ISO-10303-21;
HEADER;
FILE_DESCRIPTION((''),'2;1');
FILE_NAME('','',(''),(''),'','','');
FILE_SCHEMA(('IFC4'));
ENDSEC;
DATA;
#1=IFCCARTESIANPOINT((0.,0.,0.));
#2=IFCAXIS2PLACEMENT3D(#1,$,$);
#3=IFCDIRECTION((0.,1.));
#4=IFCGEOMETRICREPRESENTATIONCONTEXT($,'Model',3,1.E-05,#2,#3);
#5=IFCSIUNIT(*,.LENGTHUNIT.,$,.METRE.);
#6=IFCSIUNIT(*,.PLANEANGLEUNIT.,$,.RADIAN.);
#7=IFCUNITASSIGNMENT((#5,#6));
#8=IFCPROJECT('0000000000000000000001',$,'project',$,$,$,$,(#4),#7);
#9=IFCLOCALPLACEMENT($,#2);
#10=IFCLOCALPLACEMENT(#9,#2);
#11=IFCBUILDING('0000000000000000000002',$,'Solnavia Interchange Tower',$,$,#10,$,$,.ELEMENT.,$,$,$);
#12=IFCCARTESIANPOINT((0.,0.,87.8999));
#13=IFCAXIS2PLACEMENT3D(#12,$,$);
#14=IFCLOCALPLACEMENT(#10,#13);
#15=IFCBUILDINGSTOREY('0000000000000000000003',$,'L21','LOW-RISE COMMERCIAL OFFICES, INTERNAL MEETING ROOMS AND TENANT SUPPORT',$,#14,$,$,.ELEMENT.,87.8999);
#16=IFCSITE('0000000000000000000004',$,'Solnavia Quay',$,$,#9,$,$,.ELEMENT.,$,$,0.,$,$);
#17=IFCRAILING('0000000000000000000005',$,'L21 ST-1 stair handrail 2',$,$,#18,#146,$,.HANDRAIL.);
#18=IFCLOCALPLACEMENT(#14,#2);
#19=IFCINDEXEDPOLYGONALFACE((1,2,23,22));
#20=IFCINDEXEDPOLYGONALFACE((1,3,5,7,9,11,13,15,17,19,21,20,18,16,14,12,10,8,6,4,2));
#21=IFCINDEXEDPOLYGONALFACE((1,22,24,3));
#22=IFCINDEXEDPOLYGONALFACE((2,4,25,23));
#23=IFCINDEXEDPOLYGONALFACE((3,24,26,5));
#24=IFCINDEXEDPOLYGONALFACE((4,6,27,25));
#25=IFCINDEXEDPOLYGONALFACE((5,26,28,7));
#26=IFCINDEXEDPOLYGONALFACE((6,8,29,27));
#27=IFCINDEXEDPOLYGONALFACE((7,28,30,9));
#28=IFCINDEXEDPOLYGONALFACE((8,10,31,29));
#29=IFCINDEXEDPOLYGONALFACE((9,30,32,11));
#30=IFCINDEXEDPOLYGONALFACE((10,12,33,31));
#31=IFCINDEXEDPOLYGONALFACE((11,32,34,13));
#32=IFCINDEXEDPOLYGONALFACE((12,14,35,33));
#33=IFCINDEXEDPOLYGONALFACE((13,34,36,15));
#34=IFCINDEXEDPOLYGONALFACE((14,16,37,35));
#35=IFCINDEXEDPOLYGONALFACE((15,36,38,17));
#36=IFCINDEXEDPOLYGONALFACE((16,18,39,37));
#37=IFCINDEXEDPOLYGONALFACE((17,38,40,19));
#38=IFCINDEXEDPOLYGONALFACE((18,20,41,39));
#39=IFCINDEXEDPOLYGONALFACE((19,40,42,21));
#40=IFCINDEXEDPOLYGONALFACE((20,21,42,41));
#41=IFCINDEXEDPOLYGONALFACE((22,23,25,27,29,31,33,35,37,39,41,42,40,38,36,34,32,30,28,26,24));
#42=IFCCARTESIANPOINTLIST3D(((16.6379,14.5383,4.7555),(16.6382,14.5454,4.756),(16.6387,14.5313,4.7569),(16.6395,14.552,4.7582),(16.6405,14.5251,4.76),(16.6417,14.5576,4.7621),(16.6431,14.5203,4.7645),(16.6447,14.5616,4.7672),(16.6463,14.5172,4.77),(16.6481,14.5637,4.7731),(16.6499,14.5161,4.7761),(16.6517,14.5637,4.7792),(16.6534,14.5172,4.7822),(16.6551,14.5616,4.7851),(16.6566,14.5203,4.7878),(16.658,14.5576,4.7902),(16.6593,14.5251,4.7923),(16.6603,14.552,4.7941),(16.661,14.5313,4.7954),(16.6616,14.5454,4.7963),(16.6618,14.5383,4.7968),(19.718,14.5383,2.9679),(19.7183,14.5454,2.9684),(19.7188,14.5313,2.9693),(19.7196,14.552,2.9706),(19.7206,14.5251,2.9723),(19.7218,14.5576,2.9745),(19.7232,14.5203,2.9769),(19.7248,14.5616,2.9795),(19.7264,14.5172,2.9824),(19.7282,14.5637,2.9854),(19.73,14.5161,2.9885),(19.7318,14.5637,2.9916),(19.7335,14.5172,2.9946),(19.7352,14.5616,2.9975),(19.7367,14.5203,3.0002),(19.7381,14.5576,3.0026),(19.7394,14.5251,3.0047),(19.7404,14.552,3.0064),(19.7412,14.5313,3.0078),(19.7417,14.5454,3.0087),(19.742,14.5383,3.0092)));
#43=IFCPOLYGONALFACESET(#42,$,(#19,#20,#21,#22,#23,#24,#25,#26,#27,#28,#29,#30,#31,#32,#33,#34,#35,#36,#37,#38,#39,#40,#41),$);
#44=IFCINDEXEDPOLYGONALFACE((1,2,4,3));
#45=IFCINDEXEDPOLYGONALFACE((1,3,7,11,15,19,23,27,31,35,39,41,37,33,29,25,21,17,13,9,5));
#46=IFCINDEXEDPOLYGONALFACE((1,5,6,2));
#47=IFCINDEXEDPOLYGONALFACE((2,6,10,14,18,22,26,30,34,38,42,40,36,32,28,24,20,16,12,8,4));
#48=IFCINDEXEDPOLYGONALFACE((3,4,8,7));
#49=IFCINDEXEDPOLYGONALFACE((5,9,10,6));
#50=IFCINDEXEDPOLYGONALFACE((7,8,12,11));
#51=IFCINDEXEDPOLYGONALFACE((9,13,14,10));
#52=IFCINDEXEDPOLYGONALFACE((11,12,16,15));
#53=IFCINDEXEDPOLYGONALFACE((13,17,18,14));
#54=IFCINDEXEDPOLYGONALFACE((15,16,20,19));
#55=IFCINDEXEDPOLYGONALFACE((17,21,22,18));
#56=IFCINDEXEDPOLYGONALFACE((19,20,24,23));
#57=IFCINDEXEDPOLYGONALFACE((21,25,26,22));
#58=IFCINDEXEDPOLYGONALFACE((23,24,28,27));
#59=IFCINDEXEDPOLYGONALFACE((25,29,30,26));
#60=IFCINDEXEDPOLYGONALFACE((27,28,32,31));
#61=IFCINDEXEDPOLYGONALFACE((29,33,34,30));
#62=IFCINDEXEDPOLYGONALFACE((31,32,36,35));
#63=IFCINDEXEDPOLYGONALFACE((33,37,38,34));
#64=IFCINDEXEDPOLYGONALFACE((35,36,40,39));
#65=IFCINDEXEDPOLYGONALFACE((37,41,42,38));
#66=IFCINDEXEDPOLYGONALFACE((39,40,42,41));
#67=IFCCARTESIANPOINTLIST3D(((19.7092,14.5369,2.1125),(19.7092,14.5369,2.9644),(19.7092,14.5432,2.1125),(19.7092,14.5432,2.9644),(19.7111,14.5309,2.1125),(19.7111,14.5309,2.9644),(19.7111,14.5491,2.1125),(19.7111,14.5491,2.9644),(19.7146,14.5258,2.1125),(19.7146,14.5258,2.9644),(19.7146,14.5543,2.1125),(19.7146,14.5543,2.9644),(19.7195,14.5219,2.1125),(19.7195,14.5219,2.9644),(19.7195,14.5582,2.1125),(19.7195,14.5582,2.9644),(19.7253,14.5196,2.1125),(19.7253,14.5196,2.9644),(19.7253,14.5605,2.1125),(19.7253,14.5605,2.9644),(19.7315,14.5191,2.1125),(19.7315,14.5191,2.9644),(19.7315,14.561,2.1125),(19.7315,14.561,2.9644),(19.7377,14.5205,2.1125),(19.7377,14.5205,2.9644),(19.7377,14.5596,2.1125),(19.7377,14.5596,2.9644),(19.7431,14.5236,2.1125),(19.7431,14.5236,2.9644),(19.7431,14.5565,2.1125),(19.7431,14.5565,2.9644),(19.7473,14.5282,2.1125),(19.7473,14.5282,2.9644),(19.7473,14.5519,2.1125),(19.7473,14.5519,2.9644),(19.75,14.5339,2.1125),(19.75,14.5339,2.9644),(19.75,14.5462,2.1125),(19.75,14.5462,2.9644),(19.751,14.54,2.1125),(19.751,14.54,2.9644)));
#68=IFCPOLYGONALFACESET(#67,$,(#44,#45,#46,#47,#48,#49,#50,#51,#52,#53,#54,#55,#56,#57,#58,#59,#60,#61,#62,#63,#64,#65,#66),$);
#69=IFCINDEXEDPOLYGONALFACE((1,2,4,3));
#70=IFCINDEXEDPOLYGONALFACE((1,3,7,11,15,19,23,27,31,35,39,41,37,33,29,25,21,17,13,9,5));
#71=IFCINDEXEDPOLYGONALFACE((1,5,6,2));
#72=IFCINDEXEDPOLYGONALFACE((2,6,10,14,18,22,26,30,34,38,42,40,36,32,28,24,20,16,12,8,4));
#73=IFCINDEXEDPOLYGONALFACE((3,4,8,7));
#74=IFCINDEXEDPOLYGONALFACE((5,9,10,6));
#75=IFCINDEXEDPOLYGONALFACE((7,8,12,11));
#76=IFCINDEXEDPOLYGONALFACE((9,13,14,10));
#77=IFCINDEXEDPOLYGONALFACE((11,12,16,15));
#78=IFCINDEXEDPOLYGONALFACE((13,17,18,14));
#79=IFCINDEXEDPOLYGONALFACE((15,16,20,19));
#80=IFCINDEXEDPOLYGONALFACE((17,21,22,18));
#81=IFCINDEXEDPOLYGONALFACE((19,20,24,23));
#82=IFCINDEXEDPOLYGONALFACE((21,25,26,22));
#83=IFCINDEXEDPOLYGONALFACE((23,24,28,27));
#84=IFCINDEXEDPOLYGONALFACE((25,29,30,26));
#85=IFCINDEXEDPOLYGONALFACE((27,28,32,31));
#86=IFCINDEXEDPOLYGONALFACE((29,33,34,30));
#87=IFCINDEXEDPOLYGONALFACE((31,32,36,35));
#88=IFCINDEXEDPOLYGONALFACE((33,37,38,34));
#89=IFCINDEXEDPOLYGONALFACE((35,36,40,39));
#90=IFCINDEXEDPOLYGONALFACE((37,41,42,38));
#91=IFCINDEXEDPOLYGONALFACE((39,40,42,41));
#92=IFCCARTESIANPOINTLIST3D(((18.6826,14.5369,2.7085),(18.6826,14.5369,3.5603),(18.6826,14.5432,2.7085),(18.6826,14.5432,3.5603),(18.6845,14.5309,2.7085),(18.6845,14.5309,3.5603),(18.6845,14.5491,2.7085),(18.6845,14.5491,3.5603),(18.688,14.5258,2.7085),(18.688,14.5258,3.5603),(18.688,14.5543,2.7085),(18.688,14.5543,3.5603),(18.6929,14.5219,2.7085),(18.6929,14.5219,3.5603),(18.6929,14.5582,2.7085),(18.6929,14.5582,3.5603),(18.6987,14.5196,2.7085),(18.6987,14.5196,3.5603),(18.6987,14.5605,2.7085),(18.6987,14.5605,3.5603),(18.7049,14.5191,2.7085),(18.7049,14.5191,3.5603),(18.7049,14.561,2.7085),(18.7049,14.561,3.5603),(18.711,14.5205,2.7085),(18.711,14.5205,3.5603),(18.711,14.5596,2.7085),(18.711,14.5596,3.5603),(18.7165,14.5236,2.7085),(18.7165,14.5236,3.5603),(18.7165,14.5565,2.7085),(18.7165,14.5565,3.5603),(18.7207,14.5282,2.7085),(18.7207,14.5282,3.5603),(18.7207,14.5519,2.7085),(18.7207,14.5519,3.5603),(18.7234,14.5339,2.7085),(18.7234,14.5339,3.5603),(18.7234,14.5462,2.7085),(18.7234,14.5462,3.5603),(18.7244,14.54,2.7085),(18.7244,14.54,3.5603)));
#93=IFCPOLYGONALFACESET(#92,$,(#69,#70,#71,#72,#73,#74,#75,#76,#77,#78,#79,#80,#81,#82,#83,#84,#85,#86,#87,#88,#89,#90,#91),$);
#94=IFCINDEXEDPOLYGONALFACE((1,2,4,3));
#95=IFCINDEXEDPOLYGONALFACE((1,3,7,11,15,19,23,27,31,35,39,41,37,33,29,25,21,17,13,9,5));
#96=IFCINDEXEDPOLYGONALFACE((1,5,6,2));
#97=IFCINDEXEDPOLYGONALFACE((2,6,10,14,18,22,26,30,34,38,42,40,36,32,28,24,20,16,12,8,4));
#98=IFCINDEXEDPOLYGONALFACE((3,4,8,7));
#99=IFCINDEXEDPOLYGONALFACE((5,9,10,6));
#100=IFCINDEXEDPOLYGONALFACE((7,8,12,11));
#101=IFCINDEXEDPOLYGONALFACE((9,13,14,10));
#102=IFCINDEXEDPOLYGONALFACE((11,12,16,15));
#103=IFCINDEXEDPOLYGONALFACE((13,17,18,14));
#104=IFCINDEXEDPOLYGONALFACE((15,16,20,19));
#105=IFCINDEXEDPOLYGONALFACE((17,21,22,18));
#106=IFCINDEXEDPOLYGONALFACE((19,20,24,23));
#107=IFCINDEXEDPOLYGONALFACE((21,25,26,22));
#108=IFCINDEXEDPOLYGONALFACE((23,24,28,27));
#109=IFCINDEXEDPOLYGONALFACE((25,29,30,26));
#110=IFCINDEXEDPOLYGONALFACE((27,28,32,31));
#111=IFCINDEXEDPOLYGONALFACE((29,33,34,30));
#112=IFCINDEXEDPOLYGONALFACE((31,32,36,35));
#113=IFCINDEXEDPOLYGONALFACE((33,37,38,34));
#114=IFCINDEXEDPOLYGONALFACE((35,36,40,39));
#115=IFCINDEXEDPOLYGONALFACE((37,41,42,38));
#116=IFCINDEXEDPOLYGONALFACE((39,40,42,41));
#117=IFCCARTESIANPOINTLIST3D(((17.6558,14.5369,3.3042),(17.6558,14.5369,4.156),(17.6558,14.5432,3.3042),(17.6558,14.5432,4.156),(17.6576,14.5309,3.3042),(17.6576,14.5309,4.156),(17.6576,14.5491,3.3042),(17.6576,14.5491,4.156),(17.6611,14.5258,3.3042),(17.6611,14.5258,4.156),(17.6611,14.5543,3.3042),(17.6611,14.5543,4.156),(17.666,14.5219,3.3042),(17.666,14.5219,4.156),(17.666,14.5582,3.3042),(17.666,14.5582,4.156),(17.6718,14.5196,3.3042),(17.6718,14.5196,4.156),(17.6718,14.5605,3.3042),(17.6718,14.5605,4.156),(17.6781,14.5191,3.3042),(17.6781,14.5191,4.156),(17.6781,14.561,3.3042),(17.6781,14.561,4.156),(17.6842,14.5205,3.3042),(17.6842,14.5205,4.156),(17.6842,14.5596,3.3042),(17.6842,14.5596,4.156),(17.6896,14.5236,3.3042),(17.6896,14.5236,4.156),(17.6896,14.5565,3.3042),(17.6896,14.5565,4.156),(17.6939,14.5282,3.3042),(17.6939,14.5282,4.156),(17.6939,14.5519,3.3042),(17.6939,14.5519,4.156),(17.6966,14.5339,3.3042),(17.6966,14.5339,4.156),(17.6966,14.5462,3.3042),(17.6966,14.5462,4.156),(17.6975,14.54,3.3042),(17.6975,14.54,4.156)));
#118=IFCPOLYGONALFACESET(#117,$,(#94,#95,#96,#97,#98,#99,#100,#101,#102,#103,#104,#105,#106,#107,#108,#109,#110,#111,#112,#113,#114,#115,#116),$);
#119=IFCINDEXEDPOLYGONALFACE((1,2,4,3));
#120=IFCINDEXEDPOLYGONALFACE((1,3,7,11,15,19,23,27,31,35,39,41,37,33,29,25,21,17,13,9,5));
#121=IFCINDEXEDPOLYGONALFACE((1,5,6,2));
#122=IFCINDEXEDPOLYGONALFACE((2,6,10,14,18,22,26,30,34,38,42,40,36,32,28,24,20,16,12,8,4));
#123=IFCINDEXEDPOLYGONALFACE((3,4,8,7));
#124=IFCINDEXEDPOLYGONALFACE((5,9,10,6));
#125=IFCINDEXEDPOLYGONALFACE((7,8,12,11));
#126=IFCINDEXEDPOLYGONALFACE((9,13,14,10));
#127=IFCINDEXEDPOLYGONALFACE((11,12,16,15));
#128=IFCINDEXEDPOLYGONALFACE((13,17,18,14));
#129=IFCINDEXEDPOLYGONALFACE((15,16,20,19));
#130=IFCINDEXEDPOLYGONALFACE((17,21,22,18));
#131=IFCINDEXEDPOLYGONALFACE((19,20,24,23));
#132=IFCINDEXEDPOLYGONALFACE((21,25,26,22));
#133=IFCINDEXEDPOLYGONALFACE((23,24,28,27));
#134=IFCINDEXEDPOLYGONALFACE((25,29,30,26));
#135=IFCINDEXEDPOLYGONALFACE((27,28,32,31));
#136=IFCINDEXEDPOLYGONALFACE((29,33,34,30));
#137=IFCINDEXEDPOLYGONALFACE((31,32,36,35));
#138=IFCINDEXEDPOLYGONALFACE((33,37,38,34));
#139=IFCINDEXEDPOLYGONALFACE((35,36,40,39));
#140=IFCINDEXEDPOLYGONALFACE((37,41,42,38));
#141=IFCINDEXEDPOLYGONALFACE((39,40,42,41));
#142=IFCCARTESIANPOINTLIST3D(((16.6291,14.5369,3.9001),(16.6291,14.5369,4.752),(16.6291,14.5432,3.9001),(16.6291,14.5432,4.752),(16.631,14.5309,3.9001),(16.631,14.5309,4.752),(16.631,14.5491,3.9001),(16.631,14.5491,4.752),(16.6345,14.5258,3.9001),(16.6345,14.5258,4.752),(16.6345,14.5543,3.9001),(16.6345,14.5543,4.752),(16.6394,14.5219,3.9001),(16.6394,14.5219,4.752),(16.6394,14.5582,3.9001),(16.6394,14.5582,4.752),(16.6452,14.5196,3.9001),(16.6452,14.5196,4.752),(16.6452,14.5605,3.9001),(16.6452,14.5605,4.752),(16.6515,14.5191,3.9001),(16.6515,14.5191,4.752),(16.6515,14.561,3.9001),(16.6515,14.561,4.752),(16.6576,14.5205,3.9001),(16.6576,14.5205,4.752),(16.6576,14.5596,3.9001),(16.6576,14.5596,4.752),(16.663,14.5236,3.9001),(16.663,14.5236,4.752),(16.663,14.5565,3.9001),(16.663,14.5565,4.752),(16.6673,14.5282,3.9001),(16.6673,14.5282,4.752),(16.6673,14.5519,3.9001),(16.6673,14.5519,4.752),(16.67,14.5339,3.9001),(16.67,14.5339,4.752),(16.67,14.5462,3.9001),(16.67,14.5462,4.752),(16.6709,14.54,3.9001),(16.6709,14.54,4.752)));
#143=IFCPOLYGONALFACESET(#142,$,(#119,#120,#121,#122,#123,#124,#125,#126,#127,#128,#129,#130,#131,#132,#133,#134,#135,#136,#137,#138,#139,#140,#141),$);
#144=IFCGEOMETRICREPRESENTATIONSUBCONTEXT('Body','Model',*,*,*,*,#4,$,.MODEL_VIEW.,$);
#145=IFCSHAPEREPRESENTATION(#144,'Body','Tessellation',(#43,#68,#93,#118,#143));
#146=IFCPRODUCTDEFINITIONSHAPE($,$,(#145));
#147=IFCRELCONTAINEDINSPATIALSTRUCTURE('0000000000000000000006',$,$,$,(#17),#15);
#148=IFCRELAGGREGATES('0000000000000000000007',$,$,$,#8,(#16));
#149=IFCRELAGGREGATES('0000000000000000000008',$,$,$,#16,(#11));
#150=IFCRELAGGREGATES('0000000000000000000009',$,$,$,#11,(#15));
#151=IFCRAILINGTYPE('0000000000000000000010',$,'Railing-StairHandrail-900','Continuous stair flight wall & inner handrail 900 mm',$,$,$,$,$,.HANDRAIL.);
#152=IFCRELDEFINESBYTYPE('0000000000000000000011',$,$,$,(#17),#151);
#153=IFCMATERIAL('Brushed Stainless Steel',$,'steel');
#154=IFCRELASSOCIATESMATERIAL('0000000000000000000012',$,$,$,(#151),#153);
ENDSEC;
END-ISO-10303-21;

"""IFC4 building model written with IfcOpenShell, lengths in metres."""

from ifc_helpers import new_model, si_unit, direction, frame, origin, origin_2d, place, context, subcontext, project, spatial, circle, extrude, material, type_object, element, save


model = new_model("IFC4")

# Units and contexts
model_context = context("Model", 3, precision=1e-05, world=origin(), true_north=direction((0.0, 1.0)))
body_context = subcontext(model_context, "Body", "Model", "MODEL_VIEW")
ifc_project = project(units=[si_unit("LENGTHUNIT", "METRE"), si_unit("PLANEANGLEUNIT", "RADIAN")], contexts=[model_context])

# Site, building, storey
site_placement = place(None, origin())
site = spatial("IfcSite", under=ifc_project, at=site_placement, Name="Solnavia Quay", CompositionType="ELEMENT", RefElevation=0.0)
building_placement = place(site_placement, origin())
building = spatial("IfcBuilding", under=site, at=building_placement, Name="Solnavia Interchange Tower", CompositionType="ELEMENT")
storey_placement = place(building_placement, frame((0.0, 0.0, 87.8999)))
storey = spatial("IfcBuildingStorey", under=building, at=storey_placement, Name="L21", Description="LOW-RISE COMMERCIAL OFFICES, INTERNAL MEETING ROOMS AND TENANT SUPPORT", CompositionType="ELEMENT", Elevation=87.8999)

# Railing
ifc_material_1 = material(Name="Brushed Stainless Steel", Category="steel")
railing_type_1 = type_object("IfcRailingType", Name="Railing-StairHandrail-900", Description="Continuous stair flight wall & inner handrail 900 mm", PredefinedType="HANDRAIL", material=ifc_material_1)
railing_1_placement = place(storey_placement, frame((19.73, 14.54, 2.1125)))
element("IfcRailing", 1, at=railing_1_placement, inside=storey, type_object=railing_type_1, Name="L21 ST-1 stair handrail 2", PredefinedType="HANDRAIL", context=body_context, shape_type="SweptSolid", body=[
    extrude(circle(Radius=0.0239, at=origin_2d()), frame((0.0, 0.0, 0.876), z_axis=(-0.864891, 0.0, 0.50196), x_axis=(0.0, -1.0, 0.0)), (0.0, 0.0, 1.0), 3.5613),
    extrude(circle(Radius=0.021, at=origin_2d()), origin(), (0.0, 0.0, 1.0), 0.8518),
    extrude(circle(Radius=0.021, at=origin_2d()), frame((-1.0266, 0.0, 0.5959)), (0.0, 0.0, 1.0), 0.8518),
    extrude(circle(Radius=0.021, at=origin_2d()), frame((-2.0535, 0.0, 1.1917)), (0.0, 0.0, 1.0), 0.8518),
    extrude(circle(Radius=0.021, at=origin_2d()), frame((-3.0801, 0.0, 1.7876)), (0.0, 0.0, 1.0), 0.8518),
])

save(model, "model.ifc")
